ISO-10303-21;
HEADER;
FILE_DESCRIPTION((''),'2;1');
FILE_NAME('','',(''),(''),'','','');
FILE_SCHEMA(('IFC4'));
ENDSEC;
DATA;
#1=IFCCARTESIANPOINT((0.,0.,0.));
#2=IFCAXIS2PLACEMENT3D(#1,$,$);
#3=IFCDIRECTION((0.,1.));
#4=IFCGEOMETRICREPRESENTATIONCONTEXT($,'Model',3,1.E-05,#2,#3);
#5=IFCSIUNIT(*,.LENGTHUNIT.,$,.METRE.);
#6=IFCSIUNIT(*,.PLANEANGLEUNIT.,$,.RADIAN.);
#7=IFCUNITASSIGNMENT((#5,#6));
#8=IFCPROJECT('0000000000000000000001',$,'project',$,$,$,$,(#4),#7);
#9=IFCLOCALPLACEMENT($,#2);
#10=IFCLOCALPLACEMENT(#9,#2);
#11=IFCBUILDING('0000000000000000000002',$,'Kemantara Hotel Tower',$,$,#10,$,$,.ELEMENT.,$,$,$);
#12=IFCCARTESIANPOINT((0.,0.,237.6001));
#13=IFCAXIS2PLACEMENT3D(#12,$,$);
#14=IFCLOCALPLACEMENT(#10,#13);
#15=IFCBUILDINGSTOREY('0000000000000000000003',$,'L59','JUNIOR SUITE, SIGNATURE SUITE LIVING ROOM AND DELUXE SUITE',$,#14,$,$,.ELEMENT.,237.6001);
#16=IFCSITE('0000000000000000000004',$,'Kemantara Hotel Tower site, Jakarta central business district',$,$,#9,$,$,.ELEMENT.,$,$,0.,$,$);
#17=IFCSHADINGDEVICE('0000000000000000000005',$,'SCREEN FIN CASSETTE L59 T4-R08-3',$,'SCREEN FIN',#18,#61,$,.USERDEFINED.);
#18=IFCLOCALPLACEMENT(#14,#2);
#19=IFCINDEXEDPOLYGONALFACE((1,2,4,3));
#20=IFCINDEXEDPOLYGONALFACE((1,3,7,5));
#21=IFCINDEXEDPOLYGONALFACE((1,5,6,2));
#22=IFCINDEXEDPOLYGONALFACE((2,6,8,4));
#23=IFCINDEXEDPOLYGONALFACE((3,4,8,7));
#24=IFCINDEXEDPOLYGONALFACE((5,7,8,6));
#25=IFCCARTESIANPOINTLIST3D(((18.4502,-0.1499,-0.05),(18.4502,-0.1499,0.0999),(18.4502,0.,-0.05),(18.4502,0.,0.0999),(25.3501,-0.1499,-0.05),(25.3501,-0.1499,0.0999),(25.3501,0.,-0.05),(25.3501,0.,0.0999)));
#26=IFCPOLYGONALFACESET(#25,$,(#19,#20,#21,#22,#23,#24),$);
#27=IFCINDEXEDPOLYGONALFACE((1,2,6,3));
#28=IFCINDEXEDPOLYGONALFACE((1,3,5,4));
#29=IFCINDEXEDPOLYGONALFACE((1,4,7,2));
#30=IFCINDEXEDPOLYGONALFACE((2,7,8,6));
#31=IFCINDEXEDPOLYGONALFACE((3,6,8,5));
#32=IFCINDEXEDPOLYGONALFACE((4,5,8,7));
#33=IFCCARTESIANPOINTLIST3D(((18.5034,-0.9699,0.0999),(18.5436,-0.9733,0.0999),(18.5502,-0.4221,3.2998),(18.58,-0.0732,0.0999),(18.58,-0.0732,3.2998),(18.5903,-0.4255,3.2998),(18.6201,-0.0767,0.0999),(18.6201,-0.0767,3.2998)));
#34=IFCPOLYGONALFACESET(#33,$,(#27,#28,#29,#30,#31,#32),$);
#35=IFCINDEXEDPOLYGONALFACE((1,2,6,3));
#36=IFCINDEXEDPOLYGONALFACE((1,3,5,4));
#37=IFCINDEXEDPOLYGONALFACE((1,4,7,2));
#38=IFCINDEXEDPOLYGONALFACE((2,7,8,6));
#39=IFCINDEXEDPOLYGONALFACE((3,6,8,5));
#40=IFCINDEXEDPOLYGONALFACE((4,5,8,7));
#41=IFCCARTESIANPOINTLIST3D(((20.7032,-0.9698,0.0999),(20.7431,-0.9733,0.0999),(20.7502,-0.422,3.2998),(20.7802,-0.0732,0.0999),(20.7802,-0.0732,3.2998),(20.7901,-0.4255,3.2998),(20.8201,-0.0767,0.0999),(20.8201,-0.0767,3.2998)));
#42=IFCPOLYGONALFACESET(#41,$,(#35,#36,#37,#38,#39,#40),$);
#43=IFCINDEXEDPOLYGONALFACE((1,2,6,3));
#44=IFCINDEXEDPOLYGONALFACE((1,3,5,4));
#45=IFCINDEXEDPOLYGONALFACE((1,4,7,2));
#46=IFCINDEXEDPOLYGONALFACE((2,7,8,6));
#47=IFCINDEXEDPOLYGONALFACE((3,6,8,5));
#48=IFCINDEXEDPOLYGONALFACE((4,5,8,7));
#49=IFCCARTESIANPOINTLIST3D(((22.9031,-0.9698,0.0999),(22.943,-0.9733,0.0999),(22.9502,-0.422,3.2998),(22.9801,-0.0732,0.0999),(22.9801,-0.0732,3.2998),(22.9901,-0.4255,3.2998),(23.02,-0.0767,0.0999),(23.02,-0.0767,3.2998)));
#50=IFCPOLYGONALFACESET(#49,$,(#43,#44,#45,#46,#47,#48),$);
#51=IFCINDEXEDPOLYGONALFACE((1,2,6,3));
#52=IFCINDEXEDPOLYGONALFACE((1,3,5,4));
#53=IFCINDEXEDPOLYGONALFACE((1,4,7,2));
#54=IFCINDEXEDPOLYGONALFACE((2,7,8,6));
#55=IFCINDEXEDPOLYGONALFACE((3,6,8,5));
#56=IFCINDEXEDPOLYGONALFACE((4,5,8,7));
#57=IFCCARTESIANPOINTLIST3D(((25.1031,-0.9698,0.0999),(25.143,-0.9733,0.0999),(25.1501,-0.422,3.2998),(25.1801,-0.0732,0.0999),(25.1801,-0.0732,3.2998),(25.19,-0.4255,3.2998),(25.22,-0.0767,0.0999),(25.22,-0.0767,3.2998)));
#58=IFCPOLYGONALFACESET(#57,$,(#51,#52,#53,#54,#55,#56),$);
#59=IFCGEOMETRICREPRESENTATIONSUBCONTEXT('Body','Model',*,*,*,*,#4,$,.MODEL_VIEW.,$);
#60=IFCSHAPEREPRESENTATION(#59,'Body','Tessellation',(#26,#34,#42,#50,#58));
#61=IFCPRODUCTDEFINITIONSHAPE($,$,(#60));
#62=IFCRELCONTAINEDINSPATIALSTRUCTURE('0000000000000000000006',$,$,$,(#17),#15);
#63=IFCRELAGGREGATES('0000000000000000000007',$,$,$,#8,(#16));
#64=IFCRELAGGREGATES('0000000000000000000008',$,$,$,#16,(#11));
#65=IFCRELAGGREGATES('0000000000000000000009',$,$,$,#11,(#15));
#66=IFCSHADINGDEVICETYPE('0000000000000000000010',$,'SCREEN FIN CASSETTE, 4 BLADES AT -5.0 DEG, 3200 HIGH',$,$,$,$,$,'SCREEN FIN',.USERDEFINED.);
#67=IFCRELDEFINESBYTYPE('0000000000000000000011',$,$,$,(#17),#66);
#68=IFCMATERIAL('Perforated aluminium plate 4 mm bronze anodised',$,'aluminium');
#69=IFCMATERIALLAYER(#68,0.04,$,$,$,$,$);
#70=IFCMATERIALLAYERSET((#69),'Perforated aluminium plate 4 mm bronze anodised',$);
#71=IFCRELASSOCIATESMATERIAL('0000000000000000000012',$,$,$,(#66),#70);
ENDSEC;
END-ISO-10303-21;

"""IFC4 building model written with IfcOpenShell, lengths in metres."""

from ifc_helpers import new_model, si_unit, direction, frame, origin, origin_2d, place, context, subcontext, project, spatial, polyline, rectangle, outline, extrude, source, transform, mapped, material, layer, layer_set, type_object, element, save


model = new_model("IFC4")

# Units and contexts
model_context = context("Model", 3, precision=1e-05, world=origin(), true_north=direction((0.0, 1.0)))
body_context = subcontext(model_context, "Body", "Model", "MODEL_VIEW")
ifc_project = project(units=[si_unit("LENGTHUNIT", "METRE"), si_unit("PLANEANGLEUNIT", "RADIAN")], contexts=[model_context])

# Site, building, storey
site_placement = place(None, origin())
site = spatial("IfcSite", under=ifc_project, at=site_placement, Name="Kemantara Hotel Tower site, Jakarta central business district", CompositionType="ELEMENT", RefElevation=0.0)
building_placement = place(site_placement, origin())
building = spatial("IfcBuilding", under=site, at=building_placement, Name="Kemantara Hotel Tower", CompositionType="ELEMENT")
storey_placement = place(building_placement, frame((0.0, 0.0, 237.6001)))
storey = spatial("IfcBuildingStorey", under=building, at=storey_placement, Name="L59", Description="JUNIOR SUITE, SIGNATURE SUITE LIVING ROOM AND DELUXE SUITE", CompositionType="ELEMENT", Elevation=237.6001)

# Shading device
ifc_material_1 = material(Name="Perforated aluminium plate 4 mm bronze anodised", Category="aluminium")
ifc_layer_1 = layer(ifc_material_1, 0.04)
ifc_layer_set_1 = layer_set([ifc_layer_1], Name="Perforated aluminium plate 4 mm bronze anodised")
shading_device_type = type_object("IfcShadingDeviceType", Name="SCREEN FIN CASSETTE, 4 BLADES AT -5.0 DEG, 3200 HIGH", ElementType="SCREEN FIN", PredefinedType="USERDEFINED", material=ifc_layer_set_1)
shared_shape = source(origin(), body_context, "Body", "SweptSolid", [
    extrude(rectangle(XDim=6.8999, YDim=0.1499, at=origin_2d()), frame((3.3, -0.075, -0.1499), z_axis=(0.0, 0.0, 1.0), x_axis=(1.0, 0.0, 0.0)), (0.0, 0.0, 1.0), 0.1499),
    extrude(outline(polyline([(0.0, 0.0), (0.8999, 0.0), (0.3501, 3.2), (0.0, 3.2), (0.0, 0.0)])), frame((0.02, -0.0767, 0.0), z_axis=(-0.996376, 0.085056, 0.0), x_axis=(-0.085056, -0.996376, 0.0)), (0.0, 0.0, 1.0), 0.0403),
    extrude(outline(polyline([(0.0, 0.0), (0.8999, 0.0), (0.3501, 3.2), (0.0, 3.2), (0.0, 0.0)])), frame((2.22, -0.0767, 0.0), z_axis=(-0.996332, 0.085575, 0.0), x_axis=(-0.085575, -0.996332, 0.0)), (0.0, 0.0, 1.0), 0.04),
    extrude(outline(polyline([(0.0, 0.0), (0.8999, 0.0), (0.3501, 3.2), (0.0, 3.2), (0.0, 0.0)])), frame((4.4199, -0.0767, 0.0), z_axis=(-0.996332, 0.085575, 0.0), x_axis=(-0.085575, -0.996332, 0.0)), (0.0, 0.0, 1.0), 0.04),
    extrude(outline(polyline([(0.0, 0.0), (0.8999, 0.0), (0.3501, 3.2), (0.0, 3.2), (0.0, 0.0)])), frame((6.6199, -0.0767, 0.0), z_axis=(-0.996332, 0.085575, 0.0), x_axis=(-0.085575, -0.996332, 0.0)), (0.0, 0.0, 1.0), 0.04),
])
shading_device_placement = place(storey_placement, frame((18.6001, 0.0, 0.0999), z_axis=(0.0, 0.0, 1.0), x_axis=(1.0, 0.0, 0.0)))
element("IfcShadingDevice", 1, at=shading_device_placement, inside=storey, type_object=shading_device_type, Name="SCREEN FIN CASSETTE L59 T4-R08-3", ObjectType="SCREEN FIN", PredefinedType="USERDEFINED", context=body_context, shape_type="MappedRepresentation", body=[
    mapped(shared_shape, transform((0.0, 0.0, 0.0))),
])

save(model, "model.ifc")
